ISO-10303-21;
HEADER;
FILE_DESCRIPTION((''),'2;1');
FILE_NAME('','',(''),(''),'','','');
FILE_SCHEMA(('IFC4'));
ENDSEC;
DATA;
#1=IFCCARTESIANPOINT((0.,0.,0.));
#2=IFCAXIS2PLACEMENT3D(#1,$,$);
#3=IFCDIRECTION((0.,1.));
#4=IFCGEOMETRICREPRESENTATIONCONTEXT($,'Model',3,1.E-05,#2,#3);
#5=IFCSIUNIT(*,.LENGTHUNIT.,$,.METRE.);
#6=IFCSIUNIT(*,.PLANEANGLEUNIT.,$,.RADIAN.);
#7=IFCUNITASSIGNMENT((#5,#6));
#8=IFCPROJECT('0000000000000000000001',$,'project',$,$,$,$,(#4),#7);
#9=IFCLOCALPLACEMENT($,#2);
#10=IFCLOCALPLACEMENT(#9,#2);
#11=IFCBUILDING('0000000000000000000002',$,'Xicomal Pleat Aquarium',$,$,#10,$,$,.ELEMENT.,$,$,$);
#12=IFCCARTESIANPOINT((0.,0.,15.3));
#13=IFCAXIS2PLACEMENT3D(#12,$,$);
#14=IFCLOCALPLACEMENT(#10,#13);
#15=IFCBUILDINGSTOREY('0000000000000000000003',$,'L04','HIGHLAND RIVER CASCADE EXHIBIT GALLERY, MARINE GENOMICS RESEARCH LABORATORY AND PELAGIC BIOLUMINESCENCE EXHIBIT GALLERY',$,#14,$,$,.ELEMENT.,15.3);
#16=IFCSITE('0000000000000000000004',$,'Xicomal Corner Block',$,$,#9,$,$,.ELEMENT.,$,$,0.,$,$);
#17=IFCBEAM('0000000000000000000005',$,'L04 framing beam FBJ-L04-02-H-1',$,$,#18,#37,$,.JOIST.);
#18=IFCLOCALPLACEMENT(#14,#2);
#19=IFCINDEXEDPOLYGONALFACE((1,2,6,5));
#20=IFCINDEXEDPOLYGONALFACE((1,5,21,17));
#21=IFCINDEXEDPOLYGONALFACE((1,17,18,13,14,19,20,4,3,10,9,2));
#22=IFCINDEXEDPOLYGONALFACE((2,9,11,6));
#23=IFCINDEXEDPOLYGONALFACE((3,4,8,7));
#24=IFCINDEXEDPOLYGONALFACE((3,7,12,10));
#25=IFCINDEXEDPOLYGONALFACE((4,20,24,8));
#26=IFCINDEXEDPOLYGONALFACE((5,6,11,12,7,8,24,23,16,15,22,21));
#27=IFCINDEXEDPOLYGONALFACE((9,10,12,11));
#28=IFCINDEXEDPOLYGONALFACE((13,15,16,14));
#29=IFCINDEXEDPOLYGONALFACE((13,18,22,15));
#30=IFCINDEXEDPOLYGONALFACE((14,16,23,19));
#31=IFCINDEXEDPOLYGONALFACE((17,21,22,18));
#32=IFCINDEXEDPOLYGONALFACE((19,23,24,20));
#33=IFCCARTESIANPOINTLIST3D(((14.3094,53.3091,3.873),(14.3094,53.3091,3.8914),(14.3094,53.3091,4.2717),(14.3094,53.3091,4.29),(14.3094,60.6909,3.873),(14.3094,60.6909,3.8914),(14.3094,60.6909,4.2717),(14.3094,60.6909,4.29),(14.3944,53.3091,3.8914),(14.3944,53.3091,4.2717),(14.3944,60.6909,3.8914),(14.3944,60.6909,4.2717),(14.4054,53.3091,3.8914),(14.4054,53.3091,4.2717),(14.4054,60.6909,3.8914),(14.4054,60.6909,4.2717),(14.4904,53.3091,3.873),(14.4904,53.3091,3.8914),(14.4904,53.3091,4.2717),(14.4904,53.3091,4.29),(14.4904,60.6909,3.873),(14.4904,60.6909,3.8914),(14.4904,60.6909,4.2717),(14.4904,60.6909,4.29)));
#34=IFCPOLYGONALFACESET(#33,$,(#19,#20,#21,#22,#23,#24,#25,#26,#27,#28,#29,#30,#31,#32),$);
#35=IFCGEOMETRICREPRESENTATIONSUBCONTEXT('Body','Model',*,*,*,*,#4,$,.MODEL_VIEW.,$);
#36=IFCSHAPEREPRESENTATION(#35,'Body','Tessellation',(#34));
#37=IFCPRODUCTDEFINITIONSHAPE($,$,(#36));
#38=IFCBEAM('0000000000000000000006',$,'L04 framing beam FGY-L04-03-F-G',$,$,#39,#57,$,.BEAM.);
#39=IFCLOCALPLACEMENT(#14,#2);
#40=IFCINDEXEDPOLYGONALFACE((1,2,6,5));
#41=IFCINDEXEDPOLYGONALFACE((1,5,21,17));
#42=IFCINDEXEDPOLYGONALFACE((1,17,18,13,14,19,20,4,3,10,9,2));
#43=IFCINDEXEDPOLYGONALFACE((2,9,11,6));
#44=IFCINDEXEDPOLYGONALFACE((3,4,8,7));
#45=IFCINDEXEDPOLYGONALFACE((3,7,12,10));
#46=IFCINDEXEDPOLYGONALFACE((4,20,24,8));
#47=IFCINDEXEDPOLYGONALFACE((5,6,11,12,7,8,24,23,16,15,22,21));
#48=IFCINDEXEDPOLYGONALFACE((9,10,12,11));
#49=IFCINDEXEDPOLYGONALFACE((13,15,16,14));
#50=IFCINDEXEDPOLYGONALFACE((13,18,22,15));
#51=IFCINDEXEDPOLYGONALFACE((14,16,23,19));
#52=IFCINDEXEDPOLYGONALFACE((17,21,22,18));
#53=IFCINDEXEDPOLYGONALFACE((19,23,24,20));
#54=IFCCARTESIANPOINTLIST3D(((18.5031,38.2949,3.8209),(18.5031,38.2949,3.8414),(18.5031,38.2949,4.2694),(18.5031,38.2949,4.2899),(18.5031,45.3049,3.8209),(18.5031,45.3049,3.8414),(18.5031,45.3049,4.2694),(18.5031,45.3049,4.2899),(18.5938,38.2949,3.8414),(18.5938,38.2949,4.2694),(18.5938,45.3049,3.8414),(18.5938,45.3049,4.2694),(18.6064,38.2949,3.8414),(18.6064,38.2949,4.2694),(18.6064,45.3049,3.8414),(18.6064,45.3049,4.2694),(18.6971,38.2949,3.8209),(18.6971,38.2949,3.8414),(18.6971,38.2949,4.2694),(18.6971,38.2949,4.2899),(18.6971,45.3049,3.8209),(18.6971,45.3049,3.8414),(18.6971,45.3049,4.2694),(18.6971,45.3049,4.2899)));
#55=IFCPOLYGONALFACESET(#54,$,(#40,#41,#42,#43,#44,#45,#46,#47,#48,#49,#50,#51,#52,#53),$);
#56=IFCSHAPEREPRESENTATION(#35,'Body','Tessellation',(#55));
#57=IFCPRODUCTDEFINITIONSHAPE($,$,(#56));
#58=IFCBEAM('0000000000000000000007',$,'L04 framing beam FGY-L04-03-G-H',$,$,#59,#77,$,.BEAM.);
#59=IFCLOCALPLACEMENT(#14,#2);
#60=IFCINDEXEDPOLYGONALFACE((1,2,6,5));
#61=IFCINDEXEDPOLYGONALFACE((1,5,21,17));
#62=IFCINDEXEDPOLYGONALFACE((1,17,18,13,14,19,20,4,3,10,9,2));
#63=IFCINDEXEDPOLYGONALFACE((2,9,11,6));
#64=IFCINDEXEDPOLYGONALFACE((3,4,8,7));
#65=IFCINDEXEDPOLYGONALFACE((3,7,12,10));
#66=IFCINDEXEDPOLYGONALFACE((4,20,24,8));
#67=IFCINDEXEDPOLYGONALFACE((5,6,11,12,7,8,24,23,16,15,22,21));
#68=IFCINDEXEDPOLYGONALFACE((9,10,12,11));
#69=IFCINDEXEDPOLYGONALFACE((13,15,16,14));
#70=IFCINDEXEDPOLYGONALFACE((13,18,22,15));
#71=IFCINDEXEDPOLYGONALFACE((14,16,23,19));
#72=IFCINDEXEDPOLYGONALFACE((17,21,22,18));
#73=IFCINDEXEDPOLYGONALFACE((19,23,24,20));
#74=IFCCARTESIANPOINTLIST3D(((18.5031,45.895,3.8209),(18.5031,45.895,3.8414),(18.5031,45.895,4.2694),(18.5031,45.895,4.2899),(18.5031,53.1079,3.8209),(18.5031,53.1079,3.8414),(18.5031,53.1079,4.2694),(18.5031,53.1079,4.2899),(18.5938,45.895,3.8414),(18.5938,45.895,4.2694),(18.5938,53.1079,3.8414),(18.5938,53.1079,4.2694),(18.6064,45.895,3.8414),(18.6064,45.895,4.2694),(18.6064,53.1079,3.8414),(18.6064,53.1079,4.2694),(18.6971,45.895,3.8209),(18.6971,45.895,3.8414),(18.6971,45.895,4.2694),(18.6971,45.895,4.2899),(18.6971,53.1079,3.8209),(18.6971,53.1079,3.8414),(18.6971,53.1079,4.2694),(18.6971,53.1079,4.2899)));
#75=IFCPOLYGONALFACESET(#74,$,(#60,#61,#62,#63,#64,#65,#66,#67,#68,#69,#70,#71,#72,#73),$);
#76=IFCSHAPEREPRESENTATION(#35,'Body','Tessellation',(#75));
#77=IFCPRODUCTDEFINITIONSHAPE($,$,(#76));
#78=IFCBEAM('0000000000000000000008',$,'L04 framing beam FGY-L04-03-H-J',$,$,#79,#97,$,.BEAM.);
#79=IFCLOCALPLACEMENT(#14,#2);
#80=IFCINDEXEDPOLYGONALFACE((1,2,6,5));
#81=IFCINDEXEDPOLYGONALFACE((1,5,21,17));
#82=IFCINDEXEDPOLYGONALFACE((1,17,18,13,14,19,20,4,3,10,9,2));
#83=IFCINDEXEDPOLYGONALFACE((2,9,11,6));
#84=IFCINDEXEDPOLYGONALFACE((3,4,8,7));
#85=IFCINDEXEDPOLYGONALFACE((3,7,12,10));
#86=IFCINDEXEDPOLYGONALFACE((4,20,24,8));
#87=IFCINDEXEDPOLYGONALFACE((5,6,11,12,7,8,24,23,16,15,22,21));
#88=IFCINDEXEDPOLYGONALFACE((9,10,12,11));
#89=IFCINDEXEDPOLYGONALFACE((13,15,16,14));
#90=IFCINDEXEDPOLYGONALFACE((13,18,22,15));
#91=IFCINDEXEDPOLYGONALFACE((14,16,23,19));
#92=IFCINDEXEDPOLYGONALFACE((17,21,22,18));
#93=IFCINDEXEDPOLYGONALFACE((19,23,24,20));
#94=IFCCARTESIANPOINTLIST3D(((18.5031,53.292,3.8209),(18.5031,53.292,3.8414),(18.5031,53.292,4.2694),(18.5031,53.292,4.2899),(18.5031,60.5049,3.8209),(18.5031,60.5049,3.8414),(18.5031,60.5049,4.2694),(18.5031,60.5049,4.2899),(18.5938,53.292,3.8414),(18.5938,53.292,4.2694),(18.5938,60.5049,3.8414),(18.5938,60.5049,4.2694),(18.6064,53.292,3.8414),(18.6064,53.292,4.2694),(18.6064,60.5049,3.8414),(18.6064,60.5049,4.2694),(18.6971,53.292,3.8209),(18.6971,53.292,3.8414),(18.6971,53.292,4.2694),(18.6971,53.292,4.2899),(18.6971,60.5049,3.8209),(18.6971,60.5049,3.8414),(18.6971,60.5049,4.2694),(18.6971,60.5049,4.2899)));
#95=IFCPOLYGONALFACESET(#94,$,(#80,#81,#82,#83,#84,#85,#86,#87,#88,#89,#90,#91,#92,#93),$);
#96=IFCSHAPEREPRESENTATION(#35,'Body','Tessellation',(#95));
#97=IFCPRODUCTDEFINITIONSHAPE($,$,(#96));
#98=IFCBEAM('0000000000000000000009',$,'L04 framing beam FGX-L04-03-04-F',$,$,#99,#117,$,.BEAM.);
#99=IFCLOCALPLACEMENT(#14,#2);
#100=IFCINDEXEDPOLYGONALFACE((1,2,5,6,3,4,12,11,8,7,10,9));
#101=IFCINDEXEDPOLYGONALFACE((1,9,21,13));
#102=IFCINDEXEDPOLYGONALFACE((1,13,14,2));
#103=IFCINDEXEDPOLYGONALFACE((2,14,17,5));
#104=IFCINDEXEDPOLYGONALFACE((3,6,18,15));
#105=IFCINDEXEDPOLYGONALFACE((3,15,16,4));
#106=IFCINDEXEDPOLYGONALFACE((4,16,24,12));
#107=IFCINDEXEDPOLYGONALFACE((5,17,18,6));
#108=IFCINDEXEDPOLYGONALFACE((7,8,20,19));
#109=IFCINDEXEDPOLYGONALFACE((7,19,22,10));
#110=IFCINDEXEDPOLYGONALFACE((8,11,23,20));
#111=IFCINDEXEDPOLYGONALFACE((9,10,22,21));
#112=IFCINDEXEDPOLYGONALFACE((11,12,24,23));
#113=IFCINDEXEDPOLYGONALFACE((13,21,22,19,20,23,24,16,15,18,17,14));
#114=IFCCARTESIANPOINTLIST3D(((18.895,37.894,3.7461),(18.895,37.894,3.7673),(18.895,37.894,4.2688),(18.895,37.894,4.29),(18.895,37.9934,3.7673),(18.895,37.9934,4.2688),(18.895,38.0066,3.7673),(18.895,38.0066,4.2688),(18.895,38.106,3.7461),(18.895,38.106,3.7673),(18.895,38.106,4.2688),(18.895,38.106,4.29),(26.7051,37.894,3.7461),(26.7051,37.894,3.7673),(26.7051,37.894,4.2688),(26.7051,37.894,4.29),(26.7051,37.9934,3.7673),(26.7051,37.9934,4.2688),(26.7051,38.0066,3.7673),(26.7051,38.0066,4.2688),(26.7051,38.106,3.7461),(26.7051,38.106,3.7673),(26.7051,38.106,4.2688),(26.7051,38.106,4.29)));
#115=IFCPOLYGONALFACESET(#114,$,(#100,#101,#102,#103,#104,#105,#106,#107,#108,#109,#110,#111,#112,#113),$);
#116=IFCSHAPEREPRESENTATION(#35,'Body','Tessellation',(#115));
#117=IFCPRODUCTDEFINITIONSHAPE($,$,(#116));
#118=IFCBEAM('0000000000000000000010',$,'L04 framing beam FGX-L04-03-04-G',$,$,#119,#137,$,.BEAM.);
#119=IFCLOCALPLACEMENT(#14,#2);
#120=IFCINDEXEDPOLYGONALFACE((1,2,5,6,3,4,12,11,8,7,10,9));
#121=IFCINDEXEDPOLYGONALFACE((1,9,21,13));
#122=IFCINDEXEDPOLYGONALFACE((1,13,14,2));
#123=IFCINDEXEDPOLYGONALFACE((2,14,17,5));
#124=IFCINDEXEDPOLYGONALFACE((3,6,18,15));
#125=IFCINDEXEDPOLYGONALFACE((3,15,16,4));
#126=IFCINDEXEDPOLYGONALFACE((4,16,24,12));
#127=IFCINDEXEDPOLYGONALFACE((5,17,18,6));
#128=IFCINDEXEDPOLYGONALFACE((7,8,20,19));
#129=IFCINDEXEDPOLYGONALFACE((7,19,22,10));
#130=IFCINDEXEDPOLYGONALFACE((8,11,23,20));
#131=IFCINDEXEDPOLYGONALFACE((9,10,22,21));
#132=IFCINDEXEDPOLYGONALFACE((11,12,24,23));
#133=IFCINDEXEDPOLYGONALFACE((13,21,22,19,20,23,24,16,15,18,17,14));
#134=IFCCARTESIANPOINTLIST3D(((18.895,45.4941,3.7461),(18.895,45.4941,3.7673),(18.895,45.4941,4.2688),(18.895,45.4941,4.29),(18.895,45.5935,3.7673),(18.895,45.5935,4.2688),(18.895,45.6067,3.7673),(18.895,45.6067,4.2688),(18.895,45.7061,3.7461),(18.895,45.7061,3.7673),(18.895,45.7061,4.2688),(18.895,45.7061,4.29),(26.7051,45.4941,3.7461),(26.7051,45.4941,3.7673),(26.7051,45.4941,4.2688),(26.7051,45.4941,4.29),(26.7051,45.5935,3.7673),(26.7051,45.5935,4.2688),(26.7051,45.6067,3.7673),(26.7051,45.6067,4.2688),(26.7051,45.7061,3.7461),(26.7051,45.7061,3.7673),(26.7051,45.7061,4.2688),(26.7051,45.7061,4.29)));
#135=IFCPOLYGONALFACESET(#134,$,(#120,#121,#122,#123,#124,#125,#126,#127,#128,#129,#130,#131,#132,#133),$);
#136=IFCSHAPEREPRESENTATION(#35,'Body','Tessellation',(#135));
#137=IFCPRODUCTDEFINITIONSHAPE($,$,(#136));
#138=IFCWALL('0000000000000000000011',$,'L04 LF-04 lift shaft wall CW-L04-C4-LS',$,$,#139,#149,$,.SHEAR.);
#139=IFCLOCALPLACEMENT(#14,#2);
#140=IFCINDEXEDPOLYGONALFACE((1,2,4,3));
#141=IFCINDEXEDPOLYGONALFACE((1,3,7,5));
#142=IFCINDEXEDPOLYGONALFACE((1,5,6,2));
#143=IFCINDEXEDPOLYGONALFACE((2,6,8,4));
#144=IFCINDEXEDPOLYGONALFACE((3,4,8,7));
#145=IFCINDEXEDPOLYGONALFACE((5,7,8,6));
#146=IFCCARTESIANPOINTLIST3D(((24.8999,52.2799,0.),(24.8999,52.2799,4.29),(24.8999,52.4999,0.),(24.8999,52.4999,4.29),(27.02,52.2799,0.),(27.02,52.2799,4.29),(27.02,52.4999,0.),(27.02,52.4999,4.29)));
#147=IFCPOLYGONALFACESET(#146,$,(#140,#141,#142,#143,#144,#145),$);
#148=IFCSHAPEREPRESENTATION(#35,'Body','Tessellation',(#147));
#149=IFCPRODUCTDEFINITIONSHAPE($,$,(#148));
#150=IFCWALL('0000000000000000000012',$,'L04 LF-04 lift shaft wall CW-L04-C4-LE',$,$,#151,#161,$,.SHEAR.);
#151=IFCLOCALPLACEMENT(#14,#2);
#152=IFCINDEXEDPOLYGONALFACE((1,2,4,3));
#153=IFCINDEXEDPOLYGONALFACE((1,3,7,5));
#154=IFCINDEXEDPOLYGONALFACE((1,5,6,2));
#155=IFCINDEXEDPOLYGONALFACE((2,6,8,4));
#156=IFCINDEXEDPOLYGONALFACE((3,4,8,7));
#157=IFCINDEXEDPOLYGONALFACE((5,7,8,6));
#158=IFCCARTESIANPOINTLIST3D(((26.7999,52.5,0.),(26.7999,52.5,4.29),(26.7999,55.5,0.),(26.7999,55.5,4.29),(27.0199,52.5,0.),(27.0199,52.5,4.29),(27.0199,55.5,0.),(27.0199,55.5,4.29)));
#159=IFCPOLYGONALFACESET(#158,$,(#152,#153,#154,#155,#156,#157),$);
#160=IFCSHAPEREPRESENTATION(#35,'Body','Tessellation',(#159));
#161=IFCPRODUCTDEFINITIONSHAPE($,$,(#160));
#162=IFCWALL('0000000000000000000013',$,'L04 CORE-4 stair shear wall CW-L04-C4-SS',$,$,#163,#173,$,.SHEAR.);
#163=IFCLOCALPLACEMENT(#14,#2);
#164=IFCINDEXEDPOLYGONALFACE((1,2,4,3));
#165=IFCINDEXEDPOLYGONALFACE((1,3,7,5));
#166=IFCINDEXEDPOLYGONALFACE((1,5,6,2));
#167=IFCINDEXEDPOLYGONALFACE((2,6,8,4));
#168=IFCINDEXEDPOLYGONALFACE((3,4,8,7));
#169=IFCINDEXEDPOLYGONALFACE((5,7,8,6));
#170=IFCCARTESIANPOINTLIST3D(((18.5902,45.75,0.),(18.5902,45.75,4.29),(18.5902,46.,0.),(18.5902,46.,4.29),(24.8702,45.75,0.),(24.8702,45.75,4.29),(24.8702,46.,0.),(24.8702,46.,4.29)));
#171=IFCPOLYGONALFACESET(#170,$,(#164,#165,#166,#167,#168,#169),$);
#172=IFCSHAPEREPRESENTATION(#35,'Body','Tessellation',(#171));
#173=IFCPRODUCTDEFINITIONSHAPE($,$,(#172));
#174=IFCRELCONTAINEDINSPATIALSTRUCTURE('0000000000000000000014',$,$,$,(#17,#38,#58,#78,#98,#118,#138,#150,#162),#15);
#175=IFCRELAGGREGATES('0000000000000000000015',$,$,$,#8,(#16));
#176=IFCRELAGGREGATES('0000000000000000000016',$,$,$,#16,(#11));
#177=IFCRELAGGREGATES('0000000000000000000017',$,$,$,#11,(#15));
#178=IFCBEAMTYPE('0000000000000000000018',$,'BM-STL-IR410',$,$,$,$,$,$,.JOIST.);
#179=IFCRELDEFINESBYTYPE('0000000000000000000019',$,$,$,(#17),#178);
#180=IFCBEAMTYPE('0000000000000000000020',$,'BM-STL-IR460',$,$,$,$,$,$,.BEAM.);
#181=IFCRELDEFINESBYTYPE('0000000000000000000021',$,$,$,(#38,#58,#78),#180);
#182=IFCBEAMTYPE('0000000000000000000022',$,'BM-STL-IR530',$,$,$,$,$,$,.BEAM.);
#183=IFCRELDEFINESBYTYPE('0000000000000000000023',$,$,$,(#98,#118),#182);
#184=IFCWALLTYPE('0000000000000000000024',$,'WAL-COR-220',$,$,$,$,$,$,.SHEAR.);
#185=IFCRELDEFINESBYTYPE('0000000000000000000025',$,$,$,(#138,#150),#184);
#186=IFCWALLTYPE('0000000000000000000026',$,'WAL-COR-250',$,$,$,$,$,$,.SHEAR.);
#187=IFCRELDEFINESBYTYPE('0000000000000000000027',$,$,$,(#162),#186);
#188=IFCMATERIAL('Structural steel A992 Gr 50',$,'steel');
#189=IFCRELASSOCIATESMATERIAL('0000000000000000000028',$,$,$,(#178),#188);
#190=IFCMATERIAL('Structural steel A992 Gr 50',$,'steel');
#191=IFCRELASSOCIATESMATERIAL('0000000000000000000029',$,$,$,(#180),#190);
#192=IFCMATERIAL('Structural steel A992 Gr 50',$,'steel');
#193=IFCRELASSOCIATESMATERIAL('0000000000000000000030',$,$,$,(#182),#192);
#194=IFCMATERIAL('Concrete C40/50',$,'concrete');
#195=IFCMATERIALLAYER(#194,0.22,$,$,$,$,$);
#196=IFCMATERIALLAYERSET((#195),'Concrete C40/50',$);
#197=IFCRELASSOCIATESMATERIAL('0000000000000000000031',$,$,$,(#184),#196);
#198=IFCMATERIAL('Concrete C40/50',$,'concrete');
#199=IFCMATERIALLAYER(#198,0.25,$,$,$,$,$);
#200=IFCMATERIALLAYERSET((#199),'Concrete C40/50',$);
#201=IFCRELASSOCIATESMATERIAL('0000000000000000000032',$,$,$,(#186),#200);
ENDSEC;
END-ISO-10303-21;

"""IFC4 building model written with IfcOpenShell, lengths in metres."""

from ifc_helpers import new_model, si_unit, direction, frame, frame_2d, origin, origin_2d, place, context, subcontext, project, spatial, rectangle, i_section, extrude, material, layer, layer_set, material_profile, profile_set, type_object, element, save


model = new_model("IFC4")

# Units and contexts
model_context = context("Model", 3, precision=1e-05, world=origin(), true_north=direction((0.0, 1.0)))
body_context = subcontext(model_context, "Body", "Model", "MODEL_VIEW")
ifc_project = project(units=[si_unit("LENGTHUNIT", "METRE"), si_unit("PLANEANGLEUNIT", "RADIAN")], contexts=[model_context])

# Site, building, storey
site_placement = place(None, origin())
site = spatial("IfcSite", under=ifc_project, at=site_placement, Name="Xicomal Corner Block", CompositionType="ELEMENT", RefElevation=0.0)
building_placement = place(site_placement, origin())
building = spatial("IfcBuilding", under=site, at=building_placement, Name="Xicomal Pleat Aquarium", CompositionType="ELEMENT")
storey_placement = place(building_placement, frame((0.0, 0.0, 15.3)))
storey = spatial("IfcBuildingStorey", under=building, at=storey_placement, Name="L04", Description="HIGHLAND RIVER CASCADE EXHIBIT GALLERY, MARINE GENOMICS RESEARCH LABORATORY AND PELAGIC BIOLUMINESCENCE EXHIBIT GALLERY", CompositionType="ELEMENT", Elevation=15.3)

# Beams
ifc_material_1 = material(Name="Structural steel A992 Gr 50", Category="steel")
ifc_material_profile_1 = material_profile(ifc_material_1, i_section(OverallWidth=0.1809, OverallDepth=0.417, WebThickness=0.011, FlangeThickness=0.0183, at=origin_2d()), Name="IR 410x85")
ifc_profile_set_1 = profile_set([ifc_material_profile_1], Name="Structural steel A992 Gr 50")
beam_type_1 = type_object("IfcBeamType", Name="BM-STL-IR410", PredefinedType="JOIST", material=ifc_profile_set_1)
beam_1_placement = place(storey_placement, frame((14.3999, 53.3091, 4.0815), z_axis=(0.0, 1.0, 0.0), x_axis=(-1.0, 0.0, 0.0)))
element("IfcBeam", 1, at=beam_1_placement, inside=storey, type_object=beam_type_1, Name="L04 framing beam FBJ-L04-02-H-1", PredefinedType="JOIST", context=body_context, shape_type="SweptSolid", body=[
    extrude(i_section(OverallWidth=0.1809, OverallDepth=0.417, WebThickness=0.011, FlangeThickness=0.0183, at=origin_2d()), origin(), (0.0, 0.0, 1.0), 7.3818),
])
ifc_material_2 = material(Name="Structural steel A992 Gr 50", Category="steel")
ifc_material_profile_2 = material_profile(ifc_material_2, i_section(OverallWidth=0.1941, OverallDepth=0.469, WebThickness=0.0127, FlangeThickness=0.0205, at=origin_2d()), Name="IR 460x106")
ifc_profile_set_2 = profile_set([ifc_material_profile_2], Name="Structural steel A992 Gr 50")
beam_type_2 = type_object("IfcBeamType", Name="BM-STL-IR460", PredefinedType="BEAM", material=ifc_profile_set_2)
beam_2_placement = place(storey_placement, frame((18.6001, 38.2949, 4.0554), z_axis=(0.0, 1.0, 0.0), x_axis=(-1.0, 0.0, 0.0)))
element("IfcBeam", 2, at=beam_2_placement, inside=storey, type_object=beam_type_2, Name="L04 framing beam FGY-L04-03-F-G", PredefinedType="BEAM", context=body_context, shape_type="SweptSolid", body=[
    extrude(i_section(OverallWidth=0.1941, OverallDepth=0.469, WebThickness=0.0127, FlangeThickness=0.0205, at=origin_2d()), origin(), (0.0, 0.0, 1.0), 7.01),
])
for number, where, z_axis, x_axis, name in (
    (3, (18.6001, 45.895, 4.0554), (0.0, 1.0, 0.0), (-1.0, 0.0, 0.0), "L04 framing beam FGY-L04-03-G-H"),
    (4, (18.6001, 53.292, 4.0554), (0.0, 1.0, 0.0), (-1.0, 0.0, 0.0), "L04 framing beam FGY-L04-03-H-J"),
):
    element("IfcBeam", number, at=place(storey_placement, frame(where, z_axis=z_axis, x_axis=x_axis)), inside=storey, type_object=beam_type_2, Name=name, PredefinedType="BEAM", context=body_context, shape_type="SweptSolid", body=[
        extrude(i_section(OverallWidth=0.1941, OverallDepth=0.469, WebThickness=0.0127, FlangeThickness=0.0205, at=origin_2d()), origin(), (0.0, 0.0, 1.0), 7.2129),
    ])
ifc_material_3 = material(Name="Structural steel A992 Gr 50", Category="steel")
ifc_material_profile_3 = material_profile(ifc_material_3, i_section(OverallWidth=0.2119, OverallDepth=0.5439, WebThickness=0.0132, FlangeThickness=0.0212, at=origin_2d()), Name="IR 530x123")
ifc_profile_set_3 = profile_set([ifc_material_profile_3], Name="Structural steel A992 Gr 50")
beam_type_3 = type_object("IfcBeamType", Name="BM-STL-IR530", PredefinedType="BEAM", material=ifc_profile_set_3)
for number, where, z_axis, x_axis, name in (
    (5, (18.895, 38.0, 4.0181), (1.0, 0.0, 0.0), (0.0, 1.0, 0.0), "L04 framing beam FGX-L04-03-04-F"),
    (6, (18.895, 45.6001, 4.0181), (1.0, 0.0, 0.0), (0.0, 1.0, 0.0), "L04 framing beam FGX-L04-03-04-G"),
):
    element("IfcBeam", number, at=place(storey_placement, frame(where, z_axis=z_axis, x_axis=x_axis)), inside=storey, type_object=beam_type_3, Name=name, PredefinedType="BEAM", context=body_context, shape_type="SweptSolid", body=[
        extrude(i_section(OverallWidth=0.2119, OverallDepth=0.5439, WebThickness=0.0132, FlangeThickness=0.0212, at=origin_2d()), origin(), (0.0, 0.0, 1.0), 7.8101),
    ])

# Wall
ifc_material_4 = material(Name="Concrete C40/50", Category="concrete")
ifc_layer_1 = layer(ifc_material_4, 0.22)
ifc_layer_set_1 = layer_set([ifc_layer_1], Name="Concrete C40/50")
wall_type_1 = type_object("IfcWallType", Name="WAL-COR-220", PredefinedType="SHEAR", material=ifc_layer_set_1)
wall_1_placement = place(storey_placement, frame((24.8999, 52.3899, 0.0), z_axis=(0.0, 0.0, 1.0), x_axis=(1.0, 0.0, 0.0)))
element("IfcWall", 7, at=wall_1_placement, inside=storey, type_object=wall_type_1, Name="L04 LF-04 lift shaft wall CW-L04-C4-LS", PredefinedType="SHEAR", context=body_context, shape_type="SweptSolid", body=[
    extrude(rectangle(XDim=2.1201, YDim=0.22, at=frame_2d((1.0601, 0.0))), origin(), (0.0, 0.0, 1.0), 4.29),
])

# Walls
wall_2_placement = place(storey_placement, frame((26.9099, 52.5, 0.0), z_axis=(0.0, 0.0, 1.0), x_axis=(0.0, 1.0, 0.0)))
element("IfcWall", 8, at=wall_2_placement, inside=storey, type_object=wall_type_1, Name="L04 LF-04 lift shaft wall CW-L04-C4-LE", PredefinedType="SHEAR", context=body_context, shape_type="SweptSolid", body=[
    extrude(rectangle(XDim=3.0, YDim=0.22, at=frame_2d((1.5, 0.0))), origin(), (0.0, 0.0, 1.0), 4.29),
])
ifc_material_5 = material(Name="Concrete C40/50", Category="concrete")
ifc_layer_2 = layer(ifc_material_5, 0.25)
ifc_layer_set_2 = layer_set([ifc_layer_2], Name="Concrete C40/50")
wall_type_2 = type_object("IfcWallType", Name="WAL-COR-250", PredefinedType="SHEAR", material=ifc_layer_set_2)
wall_3_placement = place(storey_placement, frame((18.5901, 45.875, 0.0), z_axis=(0.0, 0.0, 1.0), x_axis=(1.0, 0.0, 0.0)))
element("IfcWall", 9, at=wall_3_placement, inside=storey, type_object=wall_type_2, Name="L04 CORE-4 stair shear wall CW-L04-C4-SS", PredefinedType="SHEAR", context=body_context, shape_type="SweptSolid", body=[
    extrude(rectangle(XDim=6.28, YDim=0.25, at=frame_2d((3.1401, 0.0))), origin(), (0.0, 0.0, 1.0), 4.29),
])

save(model, "model.ifc")
